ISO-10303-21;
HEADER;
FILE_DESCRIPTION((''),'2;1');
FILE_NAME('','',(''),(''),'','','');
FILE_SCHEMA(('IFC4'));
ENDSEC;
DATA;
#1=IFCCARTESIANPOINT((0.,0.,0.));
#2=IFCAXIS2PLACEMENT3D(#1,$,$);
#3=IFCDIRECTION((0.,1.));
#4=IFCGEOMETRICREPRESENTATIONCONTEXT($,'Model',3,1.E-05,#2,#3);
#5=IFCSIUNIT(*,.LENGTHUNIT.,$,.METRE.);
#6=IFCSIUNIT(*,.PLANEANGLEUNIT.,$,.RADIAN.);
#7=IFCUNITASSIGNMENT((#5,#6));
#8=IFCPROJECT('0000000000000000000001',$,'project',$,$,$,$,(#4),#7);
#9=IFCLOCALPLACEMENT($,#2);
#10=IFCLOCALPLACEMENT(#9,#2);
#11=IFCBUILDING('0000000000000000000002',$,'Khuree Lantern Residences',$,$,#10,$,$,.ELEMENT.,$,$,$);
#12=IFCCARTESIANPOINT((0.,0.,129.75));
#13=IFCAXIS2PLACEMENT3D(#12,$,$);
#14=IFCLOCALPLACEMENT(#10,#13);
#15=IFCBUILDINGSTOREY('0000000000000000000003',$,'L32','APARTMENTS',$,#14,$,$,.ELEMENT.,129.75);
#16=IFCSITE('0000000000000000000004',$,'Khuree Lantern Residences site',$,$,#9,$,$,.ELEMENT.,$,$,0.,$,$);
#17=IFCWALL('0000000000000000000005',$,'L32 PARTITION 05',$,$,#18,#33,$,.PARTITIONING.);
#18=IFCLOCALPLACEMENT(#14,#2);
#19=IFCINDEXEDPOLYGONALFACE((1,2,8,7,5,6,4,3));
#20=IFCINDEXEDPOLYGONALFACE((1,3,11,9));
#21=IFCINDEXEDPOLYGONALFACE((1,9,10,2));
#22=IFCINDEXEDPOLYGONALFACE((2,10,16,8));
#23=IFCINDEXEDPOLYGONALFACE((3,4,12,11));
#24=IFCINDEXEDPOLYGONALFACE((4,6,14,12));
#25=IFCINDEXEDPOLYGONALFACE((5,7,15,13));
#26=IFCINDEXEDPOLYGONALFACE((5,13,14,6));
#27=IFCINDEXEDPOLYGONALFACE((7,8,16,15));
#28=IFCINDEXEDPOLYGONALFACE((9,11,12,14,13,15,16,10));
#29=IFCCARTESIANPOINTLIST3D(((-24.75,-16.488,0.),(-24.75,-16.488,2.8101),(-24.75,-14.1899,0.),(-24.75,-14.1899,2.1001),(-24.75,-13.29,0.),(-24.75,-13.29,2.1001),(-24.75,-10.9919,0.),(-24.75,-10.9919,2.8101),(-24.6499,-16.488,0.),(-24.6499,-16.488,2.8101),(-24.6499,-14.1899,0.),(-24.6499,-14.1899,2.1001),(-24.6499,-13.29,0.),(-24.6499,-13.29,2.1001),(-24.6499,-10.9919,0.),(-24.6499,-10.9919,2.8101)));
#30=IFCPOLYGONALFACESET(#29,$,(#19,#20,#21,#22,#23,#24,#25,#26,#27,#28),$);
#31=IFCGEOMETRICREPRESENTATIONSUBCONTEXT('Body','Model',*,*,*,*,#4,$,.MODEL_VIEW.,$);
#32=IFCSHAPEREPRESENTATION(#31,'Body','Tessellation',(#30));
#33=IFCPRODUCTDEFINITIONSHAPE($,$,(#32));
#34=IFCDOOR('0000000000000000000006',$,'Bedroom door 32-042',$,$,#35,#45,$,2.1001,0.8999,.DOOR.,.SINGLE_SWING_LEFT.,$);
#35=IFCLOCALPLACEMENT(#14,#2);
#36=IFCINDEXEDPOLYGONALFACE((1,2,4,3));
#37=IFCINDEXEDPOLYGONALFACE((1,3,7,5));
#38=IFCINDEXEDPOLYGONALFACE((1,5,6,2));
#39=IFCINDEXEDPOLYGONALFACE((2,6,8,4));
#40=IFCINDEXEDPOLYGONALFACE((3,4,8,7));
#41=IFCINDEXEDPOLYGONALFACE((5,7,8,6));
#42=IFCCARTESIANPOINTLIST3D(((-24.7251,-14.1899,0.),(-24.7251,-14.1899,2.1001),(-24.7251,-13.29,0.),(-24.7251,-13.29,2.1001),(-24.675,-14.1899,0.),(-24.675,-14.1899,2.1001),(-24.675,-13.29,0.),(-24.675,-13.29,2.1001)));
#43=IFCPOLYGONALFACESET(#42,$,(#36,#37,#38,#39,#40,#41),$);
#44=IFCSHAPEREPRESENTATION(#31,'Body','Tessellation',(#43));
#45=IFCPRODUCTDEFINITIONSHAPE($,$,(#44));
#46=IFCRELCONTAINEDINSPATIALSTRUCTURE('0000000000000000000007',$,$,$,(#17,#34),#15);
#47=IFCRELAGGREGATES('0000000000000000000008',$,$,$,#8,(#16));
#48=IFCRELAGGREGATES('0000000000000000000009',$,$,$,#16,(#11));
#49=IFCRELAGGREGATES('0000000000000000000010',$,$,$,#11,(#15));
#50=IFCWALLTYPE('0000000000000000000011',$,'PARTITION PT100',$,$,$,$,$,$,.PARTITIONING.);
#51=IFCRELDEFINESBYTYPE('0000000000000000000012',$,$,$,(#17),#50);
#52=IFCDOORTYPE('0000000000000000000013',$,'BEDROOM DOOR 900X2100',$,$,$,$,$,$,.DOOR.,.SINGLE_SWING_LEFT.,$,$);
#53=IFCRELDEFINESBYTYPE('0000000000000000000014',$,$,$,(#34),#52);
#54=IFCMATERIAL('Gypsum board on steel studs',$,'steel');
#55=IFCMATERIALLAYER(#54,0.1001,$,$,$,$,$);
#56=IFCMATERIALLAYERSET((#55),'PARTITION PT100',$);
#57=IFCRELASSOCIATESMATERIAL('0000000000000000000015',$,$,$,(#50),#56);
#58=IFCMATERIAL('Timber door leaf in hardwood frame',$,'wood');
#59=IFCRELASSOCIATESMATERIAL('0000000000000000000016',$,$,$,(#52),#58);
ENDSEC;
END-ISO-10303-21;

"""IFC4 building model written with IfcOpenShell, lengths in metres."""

from ifc_helpers import new_model, si_unit, direction, frame, frame_2d, origin, place, context, subcontext, project, spatial, rectangle, extrude, material, layer, layer_set, type_object, element, fill, save


model = new_model("IFC4")

# Units and contexts
model_context = context("Model", 3, precision=1e-05, world=origin(), true_north=direction((0.0, 1.0)))
body_context = subcontext(model_context, "Body", "Model", "MODEL_VIEW")
ifc_project = project(units=[si_unit("LENGTHUNIT", "METRE"), si_unit("PLANEANGLEUNIT", "RADIAN")], contexts=[model_context])

# Site, building, storey
site_placement = place(None, origin())
site = spatial("IfcSite", under=ifc_project, at=site_placement, Name="Khuree Lantern Residences site", CompositionType="ELEMENT", RefElevation=0.0)
building_placement = place(site_placement, origin())
building = spatial("IfcBuilding", under=site, at=building_placement, Name="Khuree Lantern Residences", CompositionType="ELEMENT")
storey_placement = place(building_placement, frame((0.0, 0.0, 129.75)))
storey = spatial("IfcBuildingStorey", under=building, at=storey_placement, Name="L32", Description="APARTMENTS", CompositionType="ELEMENT", Elevation=129.75)

# Shared definitions
ifc_material_1 = material(Name="Timber door leaf in hardwood frame", Category="wood")

# Shared definitions
ifc_material_2 = material(Name="Gypsum board on steel studs", Category="steel")
ifc_layer_1 = layer(ifc_material_2, 0.1001)
ifc_layer_set_1 = layer_set([ifc_layer_1], Name="PARTITION PT100")
wall_type_1 = type_object("IfcWallType", Name="PARTITION PT100", PredefinedType="PARTITIONING", material=ifc_layer_set_1)

# Wall, opening, door
wall_1_placement = place(storey_placement, frame((-24.7, -10.9919, 0.0), z_axis=(0.0, 0.0, 1.0), x_axis=(0.0, -1.0, 0.0)))
wall_1 = element("IfcWall", 1, at=wall_1_placement, inside=storey, type_object=wall_type_1, Name="L32 PARTITION 05", PredefinedType="PARTITIONING", context=body_context, shape_type="SweptSolid", body=[
    extrude(rectangle(XDim=5.4961, YDim=0.1001, at=frame_2d((2.748, 0.0))), origin(), (0.0, 0.0, 1.0), 2.8101),
])
opening_1_placement = place(wall_1_placement, frame((2.2981, 0.0, 0.0)))
opening_1 = element("IfcOpeningElement", 2, at=opening_1_placement, cuts=wall_1, PredefinedType="OPENING", context=body_context, shape_type="SweptSolid", body=[
    extrude(rectangle(XDim=0.8999, YDim=2.1001, at=frame_2d((0.45, 1.05))), frame((0.0, 0.0601, 0.0), z_axis=(0.0, -1.0, 0.0), x_axis=(1.0, 0.0, 0.0)), (0.0, 0.0, 1.0), 0.1201),
])
door_type_1 = type_object("IfcDoorType", Name="BEDROOM DOOR 900X2100", OperationType="SINGLE_SWING_LEFT", PredefinedType="DOOR", material=ifc_material_1)
door_1_placement = place(opening_1_placement, origin())
door_1 = element("IfcDoor", 3, at=door_1_placement, inside=storey, type_object=door_type_1, Name="Bedroom door 32-042", OperationType="SINGLE_SWING_LEFT", OverallHeight=2.1001, OverallWidth=0.8999, PredefinedType="DOOR", context=body_context, shape_type="SweptSolid", body=[
    extrude(rectangle(XDim=0.8999, YDim=2.1001, at=frame_2d((0.45, 1.05))), frame((0.0, 0.0249, 0.0), z_axis=(0.0, -1.0, 0.0), x_axis=(1.0, 0.0, 0.0)), (0.0, 0.0, 1.0), 0.05),
])
fill(opening_1, door_1)

save(model, "model.ifc")
